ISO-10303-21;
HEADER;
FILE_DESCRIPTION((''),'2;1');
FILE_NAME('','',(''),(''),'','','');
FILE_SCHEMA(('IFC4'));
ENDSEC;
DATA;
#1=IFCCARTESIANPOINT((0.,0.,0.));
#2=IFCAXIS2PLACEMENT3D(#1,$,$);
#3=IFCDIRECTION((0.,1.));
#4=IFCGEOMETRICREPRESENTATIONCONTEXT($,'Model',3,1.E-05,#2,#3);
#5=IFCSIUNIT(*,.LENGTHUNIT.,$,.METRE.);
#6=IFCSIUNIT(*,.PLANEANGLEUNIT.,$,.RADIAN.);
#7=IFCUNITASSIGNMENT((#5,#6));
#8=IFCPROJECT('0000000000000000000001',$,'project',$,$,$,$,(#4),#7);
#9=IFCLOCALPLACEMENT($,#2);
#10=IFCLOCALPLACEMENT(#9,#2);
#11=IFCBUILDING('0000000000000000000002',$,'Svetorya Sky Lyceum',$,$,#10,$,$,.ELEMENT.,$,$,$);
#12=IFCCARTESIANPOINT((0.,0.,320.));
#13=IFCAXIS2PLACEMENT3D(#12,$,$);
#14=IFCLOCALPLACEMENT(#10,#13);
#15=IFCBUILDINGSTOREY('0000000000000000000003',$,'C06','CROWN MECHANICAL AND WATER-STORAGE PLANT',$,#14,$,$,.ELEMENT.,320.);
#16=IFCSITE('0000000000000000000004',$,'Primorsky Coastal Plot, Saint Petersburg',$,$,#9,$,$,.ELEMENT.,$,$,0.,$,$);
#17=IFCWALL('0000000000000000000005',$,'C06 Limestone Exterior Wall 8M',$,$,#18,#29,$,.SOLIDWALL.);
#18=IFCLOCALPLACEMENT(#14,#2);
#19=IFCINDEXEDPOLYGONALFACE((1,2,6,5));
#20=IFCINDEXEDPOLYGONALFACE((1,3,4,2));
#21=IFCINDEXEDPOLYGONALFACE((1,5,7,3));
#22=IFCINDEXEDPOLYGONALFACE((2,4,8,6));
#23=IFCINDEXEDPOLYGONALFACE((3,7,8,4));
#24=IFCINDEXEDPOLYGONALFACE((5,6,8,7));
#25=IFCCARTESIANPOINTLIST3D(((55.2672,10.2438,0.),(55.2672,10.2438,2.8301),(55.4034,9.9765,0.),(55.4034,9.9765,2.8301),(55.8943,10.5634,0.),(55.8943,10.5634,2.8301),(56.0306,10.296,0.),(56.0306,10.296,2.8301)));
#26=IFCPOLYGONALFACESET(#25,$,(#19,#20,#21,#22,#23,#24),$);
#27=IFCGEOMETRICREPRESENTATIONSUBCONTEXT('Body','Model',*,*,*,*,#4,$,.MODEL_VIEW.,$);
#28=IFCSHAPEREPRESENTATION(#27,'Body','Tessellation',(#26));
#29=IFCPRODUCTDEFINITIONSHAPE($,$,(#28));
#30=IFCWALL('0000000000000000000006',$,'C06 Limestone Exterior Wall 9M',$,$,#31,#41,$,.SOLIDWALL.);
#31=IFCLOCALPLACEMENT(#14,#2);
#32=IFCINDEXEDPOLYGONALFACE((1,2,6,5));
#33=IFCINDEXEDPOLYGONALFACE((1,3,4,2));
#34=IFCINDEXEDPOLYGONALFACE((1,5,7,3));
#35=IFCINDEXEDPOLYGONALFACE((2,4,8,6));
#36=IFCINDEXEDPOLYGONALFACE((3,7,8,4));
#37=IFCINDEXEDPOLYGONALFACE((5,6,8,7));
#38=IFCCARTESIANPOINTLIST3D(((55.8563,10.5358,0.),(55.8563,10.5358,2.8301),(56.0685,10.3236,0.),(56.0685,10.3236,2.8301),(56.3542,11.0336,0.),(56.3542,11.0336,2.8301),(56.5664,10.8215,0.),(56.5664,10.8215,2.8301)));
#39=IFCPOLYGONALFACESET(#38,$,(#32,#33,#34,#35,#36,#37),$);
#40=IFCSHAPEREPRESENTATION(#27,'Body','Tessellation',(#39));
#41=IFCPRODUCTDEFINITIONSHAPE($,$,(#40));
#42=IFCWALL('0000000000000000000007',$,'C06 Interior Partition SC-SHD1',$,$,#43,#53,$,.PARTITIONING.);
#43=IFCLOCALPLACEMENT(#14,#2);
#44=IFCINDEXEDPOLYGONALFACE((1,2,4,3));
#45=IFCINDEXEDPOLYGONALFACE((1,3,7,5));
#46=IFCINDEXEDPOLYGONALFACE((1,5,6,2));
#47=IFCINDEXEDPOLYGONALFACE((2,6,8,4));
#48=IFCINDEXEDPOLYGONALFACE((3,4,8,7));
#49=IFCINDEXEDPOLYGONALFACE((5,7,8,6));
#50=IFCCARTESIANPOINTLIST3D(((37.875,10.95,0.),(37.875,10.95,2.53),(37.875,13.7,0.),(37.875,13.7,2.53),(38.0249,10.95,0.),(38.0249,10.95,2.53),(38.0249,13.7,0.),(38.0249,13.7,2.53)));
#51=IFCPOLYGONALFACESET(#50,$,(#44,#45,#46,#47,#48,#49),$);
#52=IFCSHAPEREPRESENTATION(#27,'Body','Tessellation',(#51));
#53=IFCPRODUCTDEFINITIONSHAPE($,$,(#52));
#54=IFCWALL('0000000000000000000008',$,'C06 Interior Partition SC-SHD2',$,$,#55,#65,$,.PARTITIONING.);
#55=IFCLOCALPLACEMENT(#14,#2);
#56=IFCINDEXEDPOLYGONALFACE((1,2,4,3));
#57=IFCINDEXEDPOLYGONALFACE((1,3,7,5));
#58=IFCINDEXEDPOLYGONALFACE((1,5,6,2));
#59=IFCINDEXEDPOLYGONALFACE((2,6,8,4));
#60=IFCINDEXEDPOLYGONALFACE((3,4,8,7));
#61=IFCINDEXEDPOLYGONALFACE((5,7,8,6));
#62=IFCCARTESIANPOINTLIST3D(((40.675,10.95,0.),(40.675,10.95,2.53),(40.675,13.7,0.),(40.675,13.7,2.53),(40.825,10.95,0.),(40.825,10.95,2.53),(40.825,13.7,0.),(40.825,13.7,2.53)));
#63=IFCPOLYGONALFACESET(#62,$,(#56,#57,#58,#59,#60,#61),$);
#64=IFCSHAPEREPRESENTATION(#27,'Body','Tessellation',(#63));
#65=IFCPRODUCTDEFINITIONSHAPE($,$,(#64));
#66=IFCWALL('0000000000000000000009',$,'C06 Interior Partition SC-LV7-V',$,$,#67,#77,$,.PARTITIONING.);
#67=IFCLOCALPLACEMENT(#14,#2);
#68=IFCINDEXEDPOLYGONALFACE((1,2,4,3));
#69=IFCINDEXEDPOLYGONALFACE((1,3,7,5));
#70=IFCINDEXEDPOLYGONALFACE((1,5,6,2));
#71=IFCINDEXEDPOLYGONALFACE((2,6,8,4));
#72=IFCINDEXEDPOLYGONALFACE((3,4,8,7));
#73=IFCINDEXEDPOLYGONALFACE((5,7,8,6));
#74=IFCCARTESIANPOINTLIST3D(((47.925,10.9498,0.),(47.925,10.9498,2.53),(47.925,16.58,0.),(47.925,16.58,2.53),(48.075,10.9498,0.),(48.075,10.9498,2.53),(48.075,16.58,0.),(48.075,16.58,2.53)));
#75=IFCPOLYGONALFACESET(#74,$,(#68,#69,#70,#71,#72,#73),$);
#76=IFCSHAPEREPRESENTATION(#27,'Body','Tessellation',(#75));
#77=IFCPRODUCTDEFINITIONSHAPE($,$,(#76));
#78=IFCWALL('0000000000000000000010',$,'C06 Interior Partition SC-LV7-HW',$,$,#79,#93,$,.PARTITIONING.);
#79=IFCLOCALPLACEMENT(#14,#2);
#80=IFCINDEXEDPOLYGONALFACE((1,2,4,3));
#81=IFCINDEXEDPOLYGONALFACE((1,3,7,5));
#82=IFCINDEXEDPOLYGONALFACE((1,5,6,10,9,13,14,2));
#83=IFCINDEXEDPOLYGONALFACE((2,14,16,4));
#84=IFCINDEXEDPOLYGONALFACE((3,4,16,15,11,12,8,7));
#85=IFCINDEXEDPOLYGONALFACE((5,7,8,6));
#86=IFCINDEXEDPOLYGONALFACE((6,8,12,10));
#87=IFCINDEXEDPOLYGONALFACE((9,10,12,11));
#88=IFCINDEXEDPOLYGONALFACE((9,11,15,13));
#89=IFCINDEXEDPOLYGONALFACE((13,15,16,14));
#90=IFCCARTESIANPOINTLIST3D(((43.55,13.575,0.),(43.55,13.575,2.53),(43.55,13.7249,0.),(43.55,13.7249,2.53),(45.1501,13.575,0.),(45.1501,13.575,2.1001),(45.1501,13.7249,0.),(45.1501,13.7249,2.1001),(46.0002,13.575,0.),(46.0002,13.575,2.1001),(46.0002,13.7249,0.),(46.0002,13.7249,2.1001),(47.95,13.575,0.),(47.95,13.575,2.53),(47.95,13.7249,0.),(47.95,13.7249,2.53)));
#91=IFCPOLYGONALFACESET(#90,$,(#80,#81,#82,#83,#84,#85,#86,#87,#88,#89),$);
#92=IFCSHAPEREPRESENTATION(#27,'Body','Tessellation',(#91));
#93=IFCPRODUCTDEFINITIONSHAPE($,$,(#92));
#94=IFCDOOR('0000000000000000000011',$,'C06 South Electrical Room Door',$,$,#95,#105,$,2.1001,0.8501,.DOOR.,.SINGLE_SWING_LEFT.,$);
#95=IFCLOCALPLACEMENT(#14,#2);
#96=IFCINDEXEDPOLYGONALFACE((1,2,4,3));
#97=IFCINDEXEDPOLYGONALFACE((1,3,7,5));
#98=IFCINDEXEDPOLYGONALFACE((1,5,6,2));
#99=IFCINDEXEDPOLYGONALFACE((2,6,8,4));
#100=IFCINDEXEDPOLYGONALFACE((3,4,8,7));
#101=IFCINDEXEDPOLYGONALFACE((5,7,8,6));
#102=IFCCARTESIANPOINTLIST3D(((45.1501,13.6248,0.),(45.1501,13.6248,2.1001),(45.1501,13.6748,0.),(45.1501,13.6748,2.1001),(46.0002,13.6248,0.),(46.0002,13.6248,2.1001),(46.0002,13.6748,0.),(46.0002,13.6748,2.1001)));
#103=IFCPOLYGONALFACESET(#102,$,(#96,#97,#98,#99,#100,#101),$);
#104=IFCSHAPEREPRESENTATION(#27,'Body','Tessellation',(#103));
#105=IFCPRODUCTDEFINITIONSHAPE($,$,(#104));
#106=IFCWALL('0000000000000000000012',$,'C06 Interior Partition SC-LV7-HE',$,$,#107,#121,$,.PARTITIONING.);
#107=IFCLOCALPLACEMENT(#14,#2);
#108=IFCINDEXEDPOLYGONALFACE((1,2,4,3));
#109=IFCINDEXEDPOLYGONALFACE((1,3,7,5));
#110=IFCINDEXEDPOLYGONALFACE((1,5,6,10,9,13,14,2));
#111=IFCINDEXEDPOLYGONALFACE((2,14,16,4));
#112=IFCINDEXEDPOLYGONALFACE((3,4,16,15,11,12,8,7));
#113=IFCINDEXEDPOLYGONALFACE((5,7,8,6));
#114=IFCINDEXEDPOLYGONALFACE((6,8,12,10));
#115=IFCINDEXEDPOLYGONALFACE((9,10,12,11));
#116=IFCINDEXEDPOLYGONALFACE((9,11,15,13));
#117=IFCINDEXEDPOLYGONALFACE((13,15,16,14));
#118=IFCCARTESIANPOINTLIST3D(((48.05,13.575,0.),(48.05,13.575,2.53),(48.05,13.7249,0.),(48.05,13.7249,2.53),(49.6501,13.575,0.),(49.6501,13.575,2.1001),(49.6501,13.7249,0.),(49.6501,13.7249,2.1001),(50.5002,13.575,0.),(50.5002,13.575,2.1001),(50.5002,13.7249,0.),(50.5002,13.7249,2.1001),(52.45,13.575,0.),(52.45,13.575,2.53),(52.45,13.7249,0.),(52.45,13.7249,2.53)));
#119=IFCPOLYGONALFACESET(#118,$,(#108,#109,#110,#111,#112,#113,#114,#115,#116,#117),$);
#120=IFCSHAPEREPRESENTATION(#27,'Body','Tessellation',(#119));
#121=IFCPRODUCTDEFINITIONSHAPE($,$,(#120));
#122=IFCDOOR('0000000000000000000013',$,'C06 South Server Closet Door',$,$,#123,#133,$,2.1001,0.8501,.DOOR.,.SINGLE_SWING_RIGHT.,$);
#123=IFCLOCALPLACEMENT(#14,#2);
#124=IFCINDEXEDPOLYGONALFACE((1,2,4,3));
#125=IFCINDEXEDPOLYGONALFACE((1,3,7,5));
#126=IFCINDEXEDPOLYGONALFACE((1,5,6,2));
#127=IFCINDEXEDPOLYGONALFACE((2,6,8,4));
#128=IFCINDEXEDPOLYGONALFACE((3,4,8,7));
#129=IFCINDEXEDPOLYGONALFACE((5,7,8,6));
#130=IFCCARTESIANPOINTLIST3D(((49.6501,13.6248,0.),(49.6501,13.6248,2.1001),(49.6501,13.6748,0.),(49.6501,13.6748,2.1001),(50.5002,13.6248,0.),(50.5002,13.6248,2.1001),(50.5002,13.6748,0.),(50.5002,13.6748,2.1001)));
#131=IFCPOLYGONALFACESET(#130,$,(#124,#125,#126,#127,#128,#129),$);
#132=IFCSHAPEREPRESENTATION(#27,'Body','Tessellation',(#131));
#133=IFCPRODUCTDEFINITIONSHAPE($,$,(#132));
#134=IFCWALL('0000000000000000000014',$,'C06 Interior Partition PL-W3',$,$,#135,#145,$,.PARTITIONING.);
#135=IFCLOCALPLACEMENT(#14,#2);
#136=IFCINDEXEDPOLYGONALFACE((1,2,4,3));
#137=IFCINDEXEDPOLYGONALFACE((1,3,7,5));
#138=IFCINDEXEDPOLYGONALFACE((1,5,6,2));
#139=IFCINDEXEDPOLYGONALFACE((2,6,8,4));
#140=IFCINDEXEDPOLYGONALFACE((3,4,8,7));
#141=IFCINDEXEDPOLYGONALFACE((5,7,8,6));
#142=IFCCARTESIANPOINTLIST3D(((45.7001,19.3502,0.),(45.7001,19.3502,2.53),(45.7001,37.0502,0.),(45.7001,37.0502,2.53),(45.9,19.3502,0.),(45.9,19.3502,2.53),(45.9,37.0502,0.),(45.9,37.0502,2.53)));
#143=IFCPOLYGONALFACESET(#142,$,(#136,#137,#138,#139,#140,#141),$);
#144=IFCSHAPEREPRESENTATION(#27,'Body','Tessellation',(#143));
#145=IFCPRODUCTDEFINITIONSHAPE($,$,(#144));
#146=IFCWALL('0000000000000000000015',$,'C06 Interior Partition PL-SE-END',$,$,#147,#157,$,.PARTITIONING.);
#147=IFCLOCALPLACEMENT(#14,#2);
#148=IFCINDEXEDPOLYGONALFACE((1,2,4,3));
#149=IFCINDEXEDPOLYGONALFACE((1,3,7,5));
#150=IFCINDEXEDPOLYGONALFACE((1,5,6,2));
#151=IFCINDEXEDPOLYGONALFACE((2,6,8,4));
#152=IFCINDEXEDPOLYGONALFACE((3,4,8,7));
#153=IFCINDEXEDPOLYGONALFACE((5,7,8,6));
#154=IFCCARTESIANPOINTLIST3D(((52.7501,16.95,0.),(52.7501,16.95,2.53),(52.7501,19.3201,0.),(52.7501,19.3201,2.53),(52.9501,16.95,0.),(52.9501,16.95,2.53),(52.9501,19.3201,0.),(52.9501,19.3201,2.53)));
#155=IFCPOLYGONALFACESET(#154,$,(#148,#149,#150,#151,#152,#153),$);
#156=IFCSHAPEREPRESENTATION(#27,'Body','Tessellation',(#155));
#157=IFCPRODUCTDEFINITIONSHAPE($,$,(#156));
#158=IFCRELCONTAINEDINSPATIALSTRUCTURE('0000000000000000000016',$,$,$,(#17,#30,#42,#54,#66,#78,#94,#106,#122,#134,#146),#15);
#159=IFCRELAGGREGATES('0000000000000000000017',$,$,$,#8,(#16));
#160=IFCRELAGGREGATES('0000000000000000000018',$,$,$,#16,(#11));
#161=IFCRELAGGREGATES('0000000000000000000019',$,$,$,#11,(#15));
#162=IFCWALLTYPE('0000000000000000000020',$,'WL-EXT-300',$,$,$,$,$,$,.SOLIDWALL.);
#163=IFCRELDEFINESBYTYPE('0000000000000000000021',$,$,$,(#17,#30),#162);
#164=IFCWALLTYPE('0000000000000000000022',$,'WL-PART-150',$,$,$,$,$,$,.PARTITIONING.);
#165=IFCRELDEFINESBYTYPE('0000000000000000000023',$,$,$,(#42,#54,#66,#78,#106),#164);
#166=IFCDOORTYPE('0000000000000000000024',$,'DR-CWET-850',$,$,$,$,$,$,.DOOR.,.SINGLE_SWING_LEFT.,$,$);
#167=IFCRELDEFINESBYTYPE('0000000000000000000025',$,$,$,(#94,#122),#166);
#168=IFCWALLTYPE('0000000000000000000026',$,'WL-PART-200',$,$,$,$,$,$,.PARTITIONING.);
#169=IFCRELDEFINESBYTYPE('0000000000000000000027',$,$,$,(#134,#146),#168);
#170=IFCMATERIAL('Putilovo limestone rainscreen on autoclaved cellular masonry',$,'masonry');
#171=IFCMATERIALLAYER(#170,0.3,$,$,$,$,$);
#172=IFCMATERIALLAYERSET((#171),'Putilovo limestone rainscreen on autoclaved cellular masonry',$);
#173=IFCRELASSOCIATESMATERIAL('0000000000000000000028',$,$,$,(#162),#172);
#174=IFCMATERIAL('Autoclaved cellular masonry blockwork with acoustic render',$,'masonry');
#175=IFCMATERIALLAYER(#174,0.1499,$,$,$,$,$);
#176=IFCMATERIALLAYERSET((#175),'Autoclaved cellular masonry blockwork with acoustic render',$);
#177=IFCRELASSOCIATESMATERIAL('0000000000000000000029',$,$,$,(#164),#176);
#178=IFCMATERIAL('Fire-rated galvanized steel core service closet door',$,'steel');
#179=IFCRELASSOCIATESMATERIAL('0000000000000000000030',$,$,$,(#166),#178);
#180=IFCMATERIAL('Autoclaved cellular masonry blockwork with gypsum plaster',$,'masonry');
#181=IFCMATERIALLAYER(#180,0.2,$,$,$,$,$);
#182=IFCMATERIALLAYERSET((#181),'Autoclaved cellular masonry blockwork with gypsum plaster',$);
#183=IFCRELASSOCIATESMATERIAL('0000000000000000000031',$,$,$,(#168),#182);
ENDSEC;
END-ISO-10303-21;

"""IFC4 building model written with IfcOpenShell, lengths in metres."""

from ifc_helpers import new_model, si_unit, direction, frame, frame_2d, origin, place, context, subcontext, project, spatial, rectangle, extrude, material, layer, layer_set, type_object, element, fill, save


model = new_model("IFC4")

# Units and contexts
model_context = context("Model", 3, precision=1e-05, world=origin(), true_north=direction((0.0, 1.0)))
body_context = subcontext(model_context, "Body", "Model", "MODEL_VIEW")
ifc_project = project(units=[si_unit("LENGTHUNIT", "METRE"), si_unit("PLANEANGLEUNIT", "RADIAN")], contexts=[model_context])

# Site, building, storey
site_placement = place(None, origin())
site = spatial("IfcSite", under=ifc_project, at=site_placement, Name="Primorsky Coastal Plot, Saint Petersburg", CompositionType="ELEMENT", RefElevation=0.0)
building_placement = place(site_placement, origin())
building = spatial("IfcBuilding", under=site, at=building_placement, Name="Svetorya Sky Lyceum", CompositionType="ELEMENT")
storey_placement = place(building_placement, frame((0.0, 0.0, 320.0)))
storey = spatial("IfcBuildingStorey", under=building, at=storey_placement, Name="C06", Description="CROWN MECHANICAL AND WATER-STORAGE PLANT", CompositionType="ELEMENT", Elevation=320.0)

# Walls
ifc_material_1 = material(Name="Putilovo limestone rainscreen on autoclaved cellular masonry", Category="masonry")
ifc_layer_1 = layer(ifc_material_1, 0.3)
ifc_layer_set_1 = layer_set([ifc_layer_1], Name="Putilovo limestone rainscreen on autoclaved cellular masonry")
wall_type_1 = type_object("IfcWallType", Name="WL-EXT-300", PredefinedType="SOLIDWALL", material=ifc_layer_set_1)
for number, where, z_axis, x_axis, name in (
    (1, (55.3352, 10.1101, 0.0), (0.0, 0.0, 1.0), (0.891002, 0.453999, 0.0), "C06 Limestone Exterior Wall 8M"),
):
    element("IfcWall", number, at=place(storey_placement, frame(where, z_axis=z_axis, x_axis=x_axis)), inside=storey, type_object=wall_type_1, Name=name, PredefinedType="SOLIDWALL", context=body_context, shape_type="SweptSolid", body=[
        extrude(rectangle(XDim=0.7039, YDim=0.3, at=frame_2d((0.3521, 0.0))), origin(), (0.0, 0.0, 1.0), 2.8301),
    ])
wall_1_placement = place(storey_placement, frame((55.9624, 10.4297, 0.0), z_axis=(0.0, 0.0, 1.0), x_axis=(0.707107, 0.707107, 0.0)))
element("IfcWall", 2, at=wall_1_placement, inside=storey, type_object=wall_type_1, Name="C06 Limestone Exterior Wall 9M", PredefinedType="SOLIDWALL", context=body_context, shape_type="SweptSolid", body=[
    extrude(rectangle(XDim=0.7041, YDim=0.3, at=frame_2d((0.3521, 0.0))), origin(), (0.0, 0.0, 1.0), 2.8301),
])
ifc_material_2 = material(Name="Autoclaved cellular masonry blockwork with acoustic render", Category="masonry")
ifc_layer_2 = layer(ifc_material_2, 0.1499)
ifc_layer_set_2 = layer_set([ifc_layer_2], Name="Autoclaved cellular masonry blockwork with acoustic render")
wall_type_2 = type_object("IfcWallType", Name="WL-PART-150", PredefinedType="PARTITIONING", material=ifc_layer_set_2)
for number, where, z_axis, x_axis, name in (
    (3, (37.95, 10.95, 0.0), (0.0, 0.0, 1.0), (0.0, 1.0, 0.0), "C06 Interior Partition SC-SHD1"),
    (4, (40.75, 10.95, 0.0), (0.0, 0.0, 1.0), (0.0, 1.0, 0.0), "C06 Interior Partition SC-SHD2"),
):
    element("IfcWall", number, at=place(storey_placement, frame(where, z_axis=z_axis, x_axis=x_axis)), inside=storey, type_object=wall_type_2, Name=name, PredefinedType="PARTITIONING", context=body_context, shape_type="SweptSolid", body=[
        extrude(rectangle(XDim=2.75, YDim=0.1499, at=frame_2d((1.375, 0.0))), origin(), (0.0, 0.0, 1.0), 2.53),
    ])
wall_2_placement = place(storey_placement, frame((48.0, 10.95, 0.0), z_axis=(0.0, 0.0, 1.0), x_axis=(0.0, 1.0, 0.0)))
element("IfcWall", 5, at=wall_2_placement, inside=storey, type_object=wall_type_2, Name="C06 Interior Partition SC-LV7-V", PredefinedType="PARTITIONING", context=body_context, shape_type="SweptSolid", body=[
    extrude(rectangle(XDim=5.6301, YDim=0.1499, at=frame_2d((2.8149, 0.0))), origin(), (0.0, 0.0, 1.0), 2.53),
])

# Walls, openings, doors
wall_3_placement = place(storey_placement, frame((43.55, 13.6499, 0.0), z_axis=(0.0, 0.0, 1.0), x_axis=(1.0, 0.0, 0.0)))
wall_3 = element("IfcWall", 6, at=wall_3_placement, inside=storey, type_object=wall_type_2, Name="C06 Interior Partition SC-LV7-HW", PredefinedType="PARTITIONING", context=body_context, shape_type="SweptSolid", body=[
    extrude(rectangle(XDim=4.3999, YDim=0.1499, at=frame_2d((2.2, 0.0))), origin(), (0.0, 0.0, 1.0), 2.53),
])
opening_1_placement = place(wall_3_placement, frame((1.6001, 0.0, 0.0)))
opening_1 = element("IfcOpeningElement", 7, at=opening_1_placement, cuts=wall_3, PredefinedType="OPENING", context=body_context, shape_type="SweptSolid", body=[
    extrude(rectangle(XDim=0.8501, YDim=2.1001, at=frame_2d((0.425, 1.05))), frame((0.0, 0.085, 0.0), z_axis=(0.0, -1.0, 0.0), x_axis=(1.0, 0.0, 0.0)), (0.0, 0.0, 1.0), 0.1699),
])
ifc_material_3 = material(Name="Fire-rated galvanized steel core service closet door", Category="steel")
door_type_1 = type_object("IfcDoorType", Name="DR-CWET-850", OperationType="SINGLE_SWING_LEFT", PredefinedType="DOOR", material=ifc_material_3)
door_1_placement = place(opening_1_placement, origin())
door_1 = element("IfcDoor", 8, at=door_1_placement, inside=storey, type_object=door_type_1, Name="C06 South Electrical Room Door", OperationType="SINGLE_SWING_LEFT", OverallHeight=2.1001, OverallWidth=0.8501, PredefinedType="DOOR", context=body_context, shape_type="SweptSolid", body=[
    extrude(rectangle(XDim=0.8501, YDim=2.1001, at=frame_2d((0.425, 1.05))), frame((0.0, 0.0249, 0.0), z_axis=(0.0, -1.0, 0.0), x_axis=(1.0, 0.0, 0.0)), (0.0, 0.0, 1.0), 0.05),
])
fill(opening_1, door_1)
wall_4_placement = place(storey_placement, frame((48.05, 13.6499, 0.0), z_axis=(0.0, 0.0, 1.0), x_axis=(1.0, 0.0, 0.0)))
wall_4 = element("IfcWall", 9, at=wall_4_placement, inside=storey, type_object=wall_type_2, Name="C06 Interior Partition SC-LV7-HE", PredefinedType="PARTITIONING", context=body_context, shape_type="SweptSolid", body=[
    extrude(rectangle(XDim=4.3999, YDim=0.1499, at=frame_2d((2.2, 0.0))), origin(), (0.0, 0.0, 1.0), 2.53),
])
opening_2_placement = place(wall_4_placement, frame((1.6001, 0.0, 0.0)))
opening_2 = element("IfcOpeningElement", 10, at=opening_2_placement, cuts=wall_4, PredefinedType="OPENING", context=body_context, shape_type="SweptSolid", body=[
    extrude(rectangle(XDim=0.8501, YDim=2.1001, at=frame_2d((0.425, 1.05))), frame((0.0, 0.085, 0.0), z_axis=(0.0, -1.0, 0.0), x_axis=(1.0, 0.0, 0.0)), (0.0, 0.0, 1.0), 0.1699),
])
door_2_placement = place(opening_2_placement, origin())
door_2 = element("IfcDoor", 11, at=door_2_placement, inside=storey, type_object=door_type_1, Name="C06 South Server Closet Door", OperationType="SINGLE_SWING_RIGHT", OverallHeight=2.1001, OverallWidth=0.8501, PredefinedType="DOOR", context=body_context, shape_type="SweptSolid", body=[
    extrude(rectangle(XDim=0.8501, YDim=2.1001, at=frame_2d((0.425, 1.05))), frame((0.0, 0.0249, 0.0), z_axis=(0.0, -1.0, 0.0), x_axis=(1.0, 0.0, 0.0)), (0.0, 0.0, 1.0), 0.05),
])
fill(opening_2, door_2)

# Shared definitions
ifc_material_4 = material(Name="Autoclaved cellular masonry blockwork with gypsum plaster", Category="masonry")
ifc_layer_3 = layer(ifc_material_4, 0.2)
ifc_layer_set_3 = layer_set([ifc_layer_3], Name="Autoclaved cellular masonry blockwork with gypsum plaster")
wall_type_3 = type_object("IfcWallType", Name="WL-PART-200", PredefinedType="PARTITIONING", material=ifc_layer_set_3)

# Walls
wall_5_placement = place(storey_placement, frame((45.8, 19.3501, 0.0), z_axis=(0.0, 0.0, 1.0), x_axis=(0.0, 1.0, 0.0)))
element("IfcWall", 12, at=wall_5_placement, inside=storey, type_object=wall_type_3, Name="C06 Interior Partition PL-W3", PredefinedType="PARTITIONING", context=body_context, shape_type="SweptSolid", body=[
    extrude(rectangle(XDim=17.7, YDim=0.2, at=frame_2d((8.8501, 0.0))), origin(), (0.0, 0.0, 1.0), 2.53),
])
wall_6_placement = place(storey_placement, frame((52.8501, 16.95, 0.0), z_axis=(0.0, 0.0, 1.0), x_axis=(0.0, 1.0, 0.0)))
element("IfcWall", 13, at=wall_6_placement, inside=storey, type_object=wall_type_3, Name="C06 Interior Partition PL-SE-END", PredefinedType="PARTITIONING", context=body_context, shape_type="SweptSolid", body=[
    extrude(rectangle(XDim=2.3701, YDim=0.2, at=frame_2d((1.1851, 0.0))), origin(), (0.0, 0.0, 1.0), 2.53),
])

save(model, "model.ifc")
